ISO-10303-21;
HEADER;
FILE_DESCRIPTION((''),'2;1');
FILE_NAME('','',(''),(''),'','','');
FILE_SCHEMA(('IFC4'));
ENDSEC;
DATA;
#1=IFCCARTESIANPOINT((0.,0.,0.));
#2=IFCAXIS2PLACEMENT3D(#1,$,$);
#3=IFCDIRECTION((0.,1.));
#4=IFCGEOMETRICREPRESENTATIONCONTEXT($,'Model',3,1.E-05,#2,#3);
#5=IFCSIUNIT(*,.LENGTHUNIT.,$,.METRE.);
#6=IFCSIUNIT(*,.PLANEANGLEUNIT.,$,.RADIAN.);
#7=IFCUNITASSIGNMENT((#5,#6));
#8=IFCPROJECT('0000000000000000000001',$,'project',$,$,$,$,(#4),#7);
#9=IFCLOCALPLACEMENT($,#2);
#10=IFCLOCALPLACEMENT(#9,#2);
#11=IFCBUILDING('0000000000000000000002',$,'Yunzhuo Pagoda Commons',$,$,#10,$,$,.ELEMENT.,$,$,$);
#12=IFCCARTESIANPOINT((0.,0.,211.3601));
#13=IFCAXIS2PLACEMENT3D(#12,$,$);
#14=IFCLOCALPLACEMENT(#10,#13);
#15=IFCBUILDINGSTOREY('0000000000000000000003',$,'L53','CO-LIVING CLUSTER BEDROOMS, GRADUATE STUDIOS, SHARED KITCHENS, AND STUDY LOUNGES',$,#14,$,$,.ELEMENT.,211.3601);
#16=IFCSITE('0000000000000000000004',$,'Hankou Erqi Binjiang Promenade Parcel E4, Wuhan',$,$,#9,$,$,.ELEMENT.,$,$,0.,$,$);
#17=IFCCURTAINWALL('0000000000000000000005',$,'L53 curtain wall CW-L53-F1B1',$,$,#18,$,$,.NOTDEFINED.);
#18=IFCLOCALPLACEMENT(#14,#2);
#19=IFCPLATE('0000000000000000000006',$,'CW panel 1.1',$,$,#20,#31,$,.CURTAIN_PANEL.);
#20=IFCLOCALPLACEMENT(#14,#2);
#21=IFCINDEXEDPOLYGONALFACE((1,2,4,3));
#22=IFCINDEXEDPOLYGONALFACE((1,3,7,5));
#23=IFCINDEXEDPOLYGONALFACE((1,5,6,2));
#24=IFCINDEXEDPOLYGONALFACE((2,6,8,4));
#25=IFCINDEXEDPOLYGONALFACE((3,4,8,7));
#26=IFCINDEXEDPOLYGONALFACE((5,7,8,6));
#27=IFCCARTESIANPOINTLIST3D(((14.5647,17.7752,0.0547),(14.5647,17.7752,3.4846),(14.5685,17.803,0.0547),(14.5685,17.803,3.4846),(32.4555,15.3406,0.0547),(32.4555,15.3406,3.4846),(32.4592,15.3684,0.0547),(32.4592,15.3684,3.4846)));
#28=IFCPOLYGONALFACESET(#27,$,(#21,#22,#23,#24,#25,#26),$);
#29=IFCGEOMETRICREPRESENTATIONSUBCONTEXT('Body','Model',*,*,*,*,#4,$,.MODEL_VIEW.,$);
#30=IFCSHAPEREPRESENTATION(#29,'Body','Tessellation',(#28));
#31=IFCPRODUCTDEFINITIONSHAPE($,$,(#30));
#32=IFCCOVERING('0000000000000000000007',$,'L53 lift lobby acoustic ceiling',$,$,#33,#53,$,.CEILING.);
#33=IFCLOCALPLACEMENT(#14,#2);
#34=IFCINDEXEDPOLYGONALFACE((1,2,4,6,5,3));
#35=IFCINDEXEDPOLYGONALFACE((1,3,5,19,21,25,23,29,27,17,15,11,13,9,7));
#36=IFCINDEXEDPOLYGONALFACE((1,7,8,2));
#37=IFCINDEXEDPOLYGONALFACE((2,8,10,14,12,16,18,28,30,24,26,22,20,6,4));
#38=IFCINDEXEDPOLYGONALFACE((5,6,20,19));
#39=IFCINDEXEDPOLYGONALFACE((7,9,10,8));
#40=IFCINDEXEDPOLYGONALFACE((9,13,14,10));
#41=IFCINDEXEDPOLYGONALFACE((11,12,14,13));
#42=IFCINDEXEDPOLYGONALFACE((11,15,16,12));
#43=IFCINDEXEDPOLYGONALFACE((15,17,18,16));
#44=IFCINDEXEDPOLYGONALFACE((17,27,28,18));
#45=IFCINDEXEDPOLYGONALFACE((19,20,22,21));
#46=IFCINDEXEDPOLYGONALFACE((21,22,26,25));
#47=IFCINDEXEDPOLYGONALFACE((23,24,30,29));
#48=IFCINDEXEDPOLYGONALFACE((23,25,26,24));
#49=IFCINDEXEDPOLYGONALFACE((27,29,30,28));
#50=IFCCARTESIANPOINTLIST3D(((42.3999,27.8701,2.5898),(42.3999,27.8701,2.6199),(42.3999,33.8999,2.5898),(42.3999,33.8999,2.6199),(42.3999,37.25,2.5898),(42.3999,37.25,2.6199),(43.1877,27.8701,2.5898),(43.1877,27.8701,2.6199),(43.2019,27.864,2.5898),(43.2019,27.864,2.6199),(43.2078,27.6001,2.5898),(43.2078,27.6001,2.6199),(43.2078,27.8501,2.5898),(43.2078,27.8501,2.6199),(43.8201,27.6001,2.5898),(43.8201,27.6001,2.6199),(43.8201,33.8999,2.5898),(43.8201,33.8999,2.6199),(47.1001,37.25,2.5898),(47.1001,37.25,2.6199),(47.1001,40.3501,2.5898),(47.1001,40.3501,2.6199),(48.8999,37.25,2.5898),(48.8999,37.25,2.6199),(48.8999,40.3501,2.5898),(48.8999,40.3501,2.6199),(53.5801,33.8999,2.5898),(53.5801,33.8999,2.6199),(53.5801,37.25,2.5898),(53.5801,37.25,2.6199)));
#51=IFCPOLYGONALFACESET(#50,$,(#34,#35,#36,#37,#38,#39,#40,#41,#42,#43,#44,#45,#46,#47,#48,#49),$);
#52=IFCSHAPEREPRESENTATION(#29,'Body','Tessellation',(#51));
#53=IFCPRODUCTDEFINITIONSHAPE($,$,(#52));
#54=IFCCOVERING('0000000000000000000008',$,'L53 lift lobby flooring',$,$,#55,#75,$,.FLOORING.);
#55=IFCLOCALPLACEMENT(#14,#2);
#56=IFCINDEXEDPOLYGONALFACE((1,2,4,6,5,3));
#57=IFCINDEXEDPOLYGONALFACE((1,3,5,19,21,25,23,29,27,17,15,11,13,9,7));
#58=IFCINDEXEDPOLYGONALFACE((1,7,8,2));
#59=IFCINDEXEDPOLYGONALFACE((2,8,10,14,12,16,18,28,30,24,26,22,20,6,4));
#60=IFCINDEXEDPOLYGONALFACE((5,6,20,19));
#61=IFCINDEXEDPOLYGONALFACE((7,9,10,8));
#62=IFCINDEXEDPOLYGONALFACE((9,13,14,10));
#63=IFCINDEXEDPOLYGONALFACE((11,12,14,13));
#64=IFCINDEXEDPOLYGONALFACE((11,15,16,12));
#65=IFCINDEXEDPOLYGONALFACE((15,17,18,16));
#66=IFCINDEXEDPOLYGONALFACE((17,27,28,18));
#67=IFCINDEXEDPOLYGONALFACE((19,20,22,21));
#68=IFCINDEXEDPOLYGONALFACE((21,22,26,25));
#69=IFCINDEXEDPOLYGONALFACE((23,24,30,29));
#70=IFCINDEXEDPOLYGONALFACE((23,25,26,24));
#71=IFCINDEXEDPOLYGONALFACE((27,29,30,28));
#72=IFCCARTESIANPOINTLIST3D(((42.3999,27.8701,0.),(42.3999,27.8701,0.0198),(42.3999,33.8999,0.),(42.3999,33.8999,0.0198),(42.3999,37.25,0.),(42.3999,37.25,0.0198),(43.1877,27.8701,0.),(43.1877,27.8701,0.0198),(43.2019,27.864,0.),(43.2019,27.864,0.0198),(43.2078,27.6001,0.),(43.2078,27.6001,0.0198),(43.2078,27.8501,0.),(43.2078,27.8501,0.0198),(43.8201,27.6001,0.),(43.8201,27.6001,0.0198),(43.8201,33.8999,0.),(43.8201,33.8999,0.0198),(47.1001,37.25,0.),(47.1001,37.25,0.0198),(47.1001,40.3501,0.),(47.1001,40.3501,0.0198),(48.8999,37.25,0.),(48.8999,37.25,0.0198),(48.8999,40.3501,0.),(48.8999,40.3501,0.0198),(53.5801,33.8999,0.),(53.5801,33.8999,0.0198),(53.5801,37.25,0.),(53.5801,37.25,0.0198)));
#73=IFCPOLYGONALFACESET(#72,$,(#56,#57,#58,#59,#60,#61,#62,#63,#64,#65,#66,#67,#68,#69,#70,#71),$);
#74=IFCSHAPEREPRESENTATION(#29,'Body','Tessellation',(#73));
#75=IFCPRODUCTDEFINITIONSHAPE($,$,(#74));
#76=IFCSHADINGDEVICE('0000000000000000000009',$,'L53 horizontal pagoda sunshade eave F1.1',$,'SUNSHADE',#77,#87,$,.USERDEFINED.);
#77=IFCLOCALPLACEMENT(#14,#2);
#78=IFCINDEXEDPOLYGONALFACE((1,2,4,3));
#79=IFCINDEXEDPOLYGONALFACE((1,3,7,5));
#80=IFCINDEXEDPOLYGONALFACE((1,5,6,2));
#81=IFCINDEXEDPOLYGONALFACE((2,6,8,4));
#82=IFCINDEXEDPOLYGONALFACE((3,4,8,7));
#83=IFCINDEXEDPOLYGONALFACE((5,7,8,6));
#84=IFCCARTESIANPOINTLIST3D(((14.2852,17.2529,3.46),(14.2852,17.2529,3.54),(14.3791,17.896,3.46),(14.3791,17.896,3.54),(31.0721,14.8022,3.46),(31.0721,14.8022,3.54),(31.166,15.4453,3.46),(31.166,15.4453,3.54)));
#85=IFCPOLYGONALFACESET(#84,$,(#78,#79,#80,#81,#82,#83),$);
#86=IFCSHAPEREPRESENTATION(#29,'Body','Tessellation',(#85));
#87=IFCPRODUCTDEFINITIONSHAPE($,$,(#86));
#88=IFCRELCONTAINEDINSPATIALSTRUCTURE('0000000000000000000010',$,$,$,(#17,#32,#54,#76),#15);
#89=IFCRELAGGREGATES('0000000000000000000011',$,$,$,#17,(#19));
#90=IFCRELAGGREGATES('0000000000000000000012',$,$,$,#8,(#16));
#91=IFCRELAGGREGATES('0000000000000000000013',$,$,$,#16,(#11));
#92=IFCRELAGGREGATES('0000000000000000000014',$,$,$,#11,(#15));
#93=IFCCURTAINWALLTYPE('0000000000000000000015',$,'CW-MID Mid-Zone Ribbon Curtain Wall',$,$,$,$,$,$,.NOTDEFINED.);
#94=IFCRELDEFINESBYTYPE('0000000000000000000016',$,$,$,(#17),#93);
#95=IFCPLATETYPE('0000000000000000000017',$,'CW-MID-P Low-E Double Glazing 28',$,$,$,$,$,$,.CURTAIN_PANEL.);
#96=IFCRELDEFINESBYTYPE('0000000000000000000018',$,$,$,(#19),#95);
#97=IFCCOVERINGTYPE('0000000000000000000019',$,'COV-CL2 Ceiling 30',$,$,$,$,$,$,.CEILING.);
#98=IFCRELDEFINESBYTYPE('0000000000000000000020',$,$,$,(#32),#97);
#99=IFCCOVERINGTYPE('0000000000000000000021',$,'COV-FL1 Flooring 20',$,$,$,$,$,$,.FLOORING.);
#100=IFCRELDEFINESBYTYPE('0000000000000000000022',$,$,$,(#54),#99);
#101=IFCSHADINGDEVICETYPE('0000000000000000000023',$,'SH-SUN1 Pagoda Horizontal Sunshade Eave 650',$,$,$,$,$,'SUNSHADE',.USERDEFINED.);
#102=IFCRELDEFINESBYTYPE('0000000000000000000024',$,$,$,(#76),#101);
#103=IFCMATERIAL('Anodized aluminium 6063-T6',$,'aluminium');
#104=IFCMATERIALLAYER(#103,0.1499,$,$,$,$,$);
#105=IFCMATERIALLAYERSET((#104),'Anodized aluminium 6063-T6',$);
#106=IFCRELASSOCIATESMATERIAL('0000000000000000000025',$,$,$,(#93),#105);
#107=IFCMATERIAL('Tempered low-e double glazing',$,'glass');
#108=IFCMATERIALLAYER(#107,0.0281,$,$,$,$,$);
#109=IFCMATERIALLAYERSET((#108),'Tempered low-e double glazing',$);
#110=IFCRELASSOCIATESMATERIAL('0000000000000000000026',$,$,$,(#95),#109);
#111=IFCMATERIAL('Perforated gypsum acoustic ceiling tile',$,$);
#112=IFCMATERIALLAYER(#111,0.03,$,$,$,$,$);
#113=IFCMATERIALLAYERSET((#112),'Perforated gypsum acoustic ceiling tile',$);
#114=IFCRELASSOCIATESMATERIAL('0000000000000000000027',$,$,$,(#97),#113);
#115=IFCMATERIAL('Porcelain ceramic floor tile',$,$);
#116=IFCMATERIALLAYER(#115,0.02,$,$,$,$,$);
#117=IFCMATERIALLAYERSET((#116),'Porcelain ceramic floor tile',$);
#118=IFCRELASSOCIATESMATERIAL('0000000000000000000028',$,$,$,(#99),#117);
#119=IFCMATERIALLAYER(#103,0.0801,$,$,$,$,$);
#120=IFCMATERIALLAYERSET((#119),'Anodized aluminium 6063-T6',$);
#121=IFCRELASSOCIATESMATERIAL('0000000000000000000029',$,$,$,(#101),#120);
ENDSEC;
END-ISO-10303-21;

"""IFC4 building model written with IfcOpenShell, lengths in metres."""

from ifc_helpers import new_model, si_unit, direction, frame, origin, origin_2d, place, context, subcontext, project, spatial, polyline, rectangle, outline, extrude, source, transform, mapped, material, layer, layer_set, type_object, element, aggregate, save


model = new_model("IFC4")

# Units and contexts
model_context = context("Model", 3, precision=1e-05, world=origin(), true_north=direction((0.0, 1.0)))
body_context = subcontext(model_context, "Body", "Model", "MODEL_VIEW")
ifc_project = project(units=[si_unit("LENGTHUNIT", "METRE"), si_unit("PLANEANGLEUNIT", "RADIAN")], contexts=[model_context])

# Site, building, storey
site_placement = place(None, origin())
site = spatial("IfcSite", under=ifc_project, at=site_placement, Name="Hankou Erqi Binjiang Promenade Parcel E4, Wuhan", CompositionType="ELEMENT", RefElevation=0.0)
building_placement = place(site_placement, origin())
building = spatial("IfcBuilding", under=site, at=building_placement, Name="Yunzhuo Pagoda Commons", CompositionType="ELEMENT")
storey_placement = place(building_placement, frame((0.0, 0.0, 211.3601)))
storey = spatial("IfcBuildingStorey", under=building, at=storey_placement, Name="L53", Description="CO-LIVING CLUSTER BEDROOMS, GRADUATE STUDIOS, SHARED KITCHENS, AND STUDY LOUNGES", CompositionType="ELEMENT", Elevation=211.3601)

# Curtain wall
ifc_material_1 = material(Name="Anodized aluminium 6063-T6", Category="aluminium")
ifc_layer_1 = layer(ifc_material_1, 0.1499)
ifc_layer_set_1 = layer_set([ifc_layer_1], Name="Anodized aluminium 6063-T6")
curtain_wall_type = type_object("IfcCurtainWallType", Name="CW-MID Mid-Zone Ribbon Curtain Wall", PredefinedType="NOTDEFINED", material=ifc_layer_set_1)
curtain_wall_1_placement = place(storey_placement, origin())
curtain_wall_1 = element("IfcCurtainWall", 1, at=curtain_wall_1_placement, inside=storey, type_object=curtain_wall_type, Name="L53 curtain wall CW-L53-F1B1", PredefinedType="NOTDEFINED")

# Plate
ifc_material_2 = material(Name="Tempered low-e double glazing", Category="glass")
ifc_layer_2 = layer(ifc_material_2, 0.0281)
ifc_layer_set_2 = layer_set([ifc_layer_2], Name="Tempered low-e double glazing")
plate_type = type_object("IfcPlateType", Name="CW-MID-P Low-E Double Glazing 28", PredefinedType="CURTAIN_PANEL", material=ifc_layer_set_2)
shared_shape_1 = source(origin(), body_context, "Body", "SweptSolid", [
    extrude(rectangle(XDim=18.0557, YDim=0.0281, at=origin_2d()), origin(), (0.0, 0.0, 1.0), 3.4299),
])
plate_placement = place(storey_placement, frame((23.512, 16.5718, 0.0547), z_axis=(0.0, 0.0, 1.0), x_axis=(0.990867, -0.134839, 0.0)))
plate = element("IfcPlate", 2, at=plate_placement, type_object=plate_type, Name="CW panel 1.1", PredefinedType="CURTAIN_PANEL", context=body_context, shape_type="MappedRepresentation", body=[
    mapped(shared_shape_1, transform((0.0, 0.0, 0.0), scale=1.0)),
])
aggregate(curtain_wall_1, [plate])

# Coverings
ifc_material_3 = material(Name="Perforated gypsum acoustic ceiling tile")
ifc_layer_3 = layer(ifc_material_3, 0.03)
ifc_layer_set_3 = layer_set([ifc_layer_3], Name="Perforated gypsum acoustic ceiling tile")
covering_type_1 = type_object("IfcCoveringType", Name="COV-CL2 Ceiling 30", PredefinedType="CEILING", material=ifc_layer_set_3)
covering_1_placement = place(storey_placement, frame((0.0, 0.0, 2.5898)))
element("IfcCovering", 3, at=covering_1_placement, inside=storey, type_object=covering_type_1, Name="L53 lift lobby acoustic ceiling", PredefinedType="CEILING", context=body_context, shape_type="SweptSolid", body=[
    extrude(outline(polyline([(43.2078, 27.8501), (43.2019, 27.864), (43.1877, 27.8701), (42.3999, 27.8701), (42.3999, 33.8999), (42.3999, 37.25), (47.1001, 37.25), (47.1001, 40.3501), (48.8999, 40.3501), (48.8999, 37.25), (53.5801, 37.25), (53.5801, 33.8999), (43.8201, 33.8999), (43.8201, 27.6001), (43.2078, 27.6001), (43.2078, 27.8501)])), origin(), (0.0, 0.0, 1.0), 0.03),
])
ifc_material_4 = material(Name="Porcelain ceramic floor tile")
ifc_layer_4 = layer(ifc_material_4, 0.02)
ifc_layer_set_4 = layer_set([ifc_layer_4], Name="Porcelain ceramic floor tile")
covering_type_2 = type_object("IfcCoveringType", Name="COV-FL1 Flooring 20", PredefinedType="FLOORING", material=ifc_layer_set_4)
covering_2_placement = place(storey_placement, origin())
element("IfcCovering", 4, at=covering_2_placement, inside=storey, type_object=covering_type_2, Name="L53 lift lobby flooring", PredefinedType="FLOORING", context=body_context, shape_type="SweptSolid", body=[
    extrude(outline(polyline([(43.2078, 27.8501), (43.2019, 27.864), (43.1877, 27.8701), (42.3999, 27.8701), (42.3999, 33.8999), (42.3999, 37.25), (47.1001, 37.25), (47.1001, 40.3501), (48.8999, 40.3501), (48.8999, 37.25), (53.5801, 37.25), (53.5801, 33.8999), (43.8201, 33.8999), (43.8201, 27.6001), (43.2078, 27.6001), (43.2078, 27.8501)])), origin(), (0.0, 0.0, 1.0), 0.0198),
])

# Shading device
ifc_layer_5 = layer(ifc_material_1, 0.0801)
ifc_layer_set_5 = layer_set([ifc_layer_5], Name="Anodized aluminium 6063-T6")
shading_device_type = type_object("IfcShadingDeviceType", Name="SH-SUN1 Pagoda Horizontal Sunshade Eave 650", ElementType="SUNSHADE", PredefinedType="USERDEFINED", material=ifc_layer_set_5)
shared_shape_2 = source(origin(), body_context, "Body", "SweptSolid", [
    extrude(rectangle(XDim=16.9648, YDim=0.6499, at=origin_2d()), origin(), (0.0, 0.0, 1.0), 0.0801),
])
shading_device_placement = place(storey_placement, frame((22.7256, 16.3491, 3.46), z_axis=(0.0, 0.0, 1.0), x_axis=(0.989511, -0.14446, 0.0)))
element("IfcShadingDevice", 5, at=shading_device_placement, inside=storey, type_object=shading_device_type, Name="L53 horizontal pagoda sunshade eave F1.1", ObjectType="SUNSHADE", PredefinedType="USERDEFINED", context=body_context, shape_type="MappedRepresentation", body=[
    mapped(shared_shape_2, transform((0.0, 0.0, 0.0), scale=1.0)),
])

save(model, "model.ifc")
